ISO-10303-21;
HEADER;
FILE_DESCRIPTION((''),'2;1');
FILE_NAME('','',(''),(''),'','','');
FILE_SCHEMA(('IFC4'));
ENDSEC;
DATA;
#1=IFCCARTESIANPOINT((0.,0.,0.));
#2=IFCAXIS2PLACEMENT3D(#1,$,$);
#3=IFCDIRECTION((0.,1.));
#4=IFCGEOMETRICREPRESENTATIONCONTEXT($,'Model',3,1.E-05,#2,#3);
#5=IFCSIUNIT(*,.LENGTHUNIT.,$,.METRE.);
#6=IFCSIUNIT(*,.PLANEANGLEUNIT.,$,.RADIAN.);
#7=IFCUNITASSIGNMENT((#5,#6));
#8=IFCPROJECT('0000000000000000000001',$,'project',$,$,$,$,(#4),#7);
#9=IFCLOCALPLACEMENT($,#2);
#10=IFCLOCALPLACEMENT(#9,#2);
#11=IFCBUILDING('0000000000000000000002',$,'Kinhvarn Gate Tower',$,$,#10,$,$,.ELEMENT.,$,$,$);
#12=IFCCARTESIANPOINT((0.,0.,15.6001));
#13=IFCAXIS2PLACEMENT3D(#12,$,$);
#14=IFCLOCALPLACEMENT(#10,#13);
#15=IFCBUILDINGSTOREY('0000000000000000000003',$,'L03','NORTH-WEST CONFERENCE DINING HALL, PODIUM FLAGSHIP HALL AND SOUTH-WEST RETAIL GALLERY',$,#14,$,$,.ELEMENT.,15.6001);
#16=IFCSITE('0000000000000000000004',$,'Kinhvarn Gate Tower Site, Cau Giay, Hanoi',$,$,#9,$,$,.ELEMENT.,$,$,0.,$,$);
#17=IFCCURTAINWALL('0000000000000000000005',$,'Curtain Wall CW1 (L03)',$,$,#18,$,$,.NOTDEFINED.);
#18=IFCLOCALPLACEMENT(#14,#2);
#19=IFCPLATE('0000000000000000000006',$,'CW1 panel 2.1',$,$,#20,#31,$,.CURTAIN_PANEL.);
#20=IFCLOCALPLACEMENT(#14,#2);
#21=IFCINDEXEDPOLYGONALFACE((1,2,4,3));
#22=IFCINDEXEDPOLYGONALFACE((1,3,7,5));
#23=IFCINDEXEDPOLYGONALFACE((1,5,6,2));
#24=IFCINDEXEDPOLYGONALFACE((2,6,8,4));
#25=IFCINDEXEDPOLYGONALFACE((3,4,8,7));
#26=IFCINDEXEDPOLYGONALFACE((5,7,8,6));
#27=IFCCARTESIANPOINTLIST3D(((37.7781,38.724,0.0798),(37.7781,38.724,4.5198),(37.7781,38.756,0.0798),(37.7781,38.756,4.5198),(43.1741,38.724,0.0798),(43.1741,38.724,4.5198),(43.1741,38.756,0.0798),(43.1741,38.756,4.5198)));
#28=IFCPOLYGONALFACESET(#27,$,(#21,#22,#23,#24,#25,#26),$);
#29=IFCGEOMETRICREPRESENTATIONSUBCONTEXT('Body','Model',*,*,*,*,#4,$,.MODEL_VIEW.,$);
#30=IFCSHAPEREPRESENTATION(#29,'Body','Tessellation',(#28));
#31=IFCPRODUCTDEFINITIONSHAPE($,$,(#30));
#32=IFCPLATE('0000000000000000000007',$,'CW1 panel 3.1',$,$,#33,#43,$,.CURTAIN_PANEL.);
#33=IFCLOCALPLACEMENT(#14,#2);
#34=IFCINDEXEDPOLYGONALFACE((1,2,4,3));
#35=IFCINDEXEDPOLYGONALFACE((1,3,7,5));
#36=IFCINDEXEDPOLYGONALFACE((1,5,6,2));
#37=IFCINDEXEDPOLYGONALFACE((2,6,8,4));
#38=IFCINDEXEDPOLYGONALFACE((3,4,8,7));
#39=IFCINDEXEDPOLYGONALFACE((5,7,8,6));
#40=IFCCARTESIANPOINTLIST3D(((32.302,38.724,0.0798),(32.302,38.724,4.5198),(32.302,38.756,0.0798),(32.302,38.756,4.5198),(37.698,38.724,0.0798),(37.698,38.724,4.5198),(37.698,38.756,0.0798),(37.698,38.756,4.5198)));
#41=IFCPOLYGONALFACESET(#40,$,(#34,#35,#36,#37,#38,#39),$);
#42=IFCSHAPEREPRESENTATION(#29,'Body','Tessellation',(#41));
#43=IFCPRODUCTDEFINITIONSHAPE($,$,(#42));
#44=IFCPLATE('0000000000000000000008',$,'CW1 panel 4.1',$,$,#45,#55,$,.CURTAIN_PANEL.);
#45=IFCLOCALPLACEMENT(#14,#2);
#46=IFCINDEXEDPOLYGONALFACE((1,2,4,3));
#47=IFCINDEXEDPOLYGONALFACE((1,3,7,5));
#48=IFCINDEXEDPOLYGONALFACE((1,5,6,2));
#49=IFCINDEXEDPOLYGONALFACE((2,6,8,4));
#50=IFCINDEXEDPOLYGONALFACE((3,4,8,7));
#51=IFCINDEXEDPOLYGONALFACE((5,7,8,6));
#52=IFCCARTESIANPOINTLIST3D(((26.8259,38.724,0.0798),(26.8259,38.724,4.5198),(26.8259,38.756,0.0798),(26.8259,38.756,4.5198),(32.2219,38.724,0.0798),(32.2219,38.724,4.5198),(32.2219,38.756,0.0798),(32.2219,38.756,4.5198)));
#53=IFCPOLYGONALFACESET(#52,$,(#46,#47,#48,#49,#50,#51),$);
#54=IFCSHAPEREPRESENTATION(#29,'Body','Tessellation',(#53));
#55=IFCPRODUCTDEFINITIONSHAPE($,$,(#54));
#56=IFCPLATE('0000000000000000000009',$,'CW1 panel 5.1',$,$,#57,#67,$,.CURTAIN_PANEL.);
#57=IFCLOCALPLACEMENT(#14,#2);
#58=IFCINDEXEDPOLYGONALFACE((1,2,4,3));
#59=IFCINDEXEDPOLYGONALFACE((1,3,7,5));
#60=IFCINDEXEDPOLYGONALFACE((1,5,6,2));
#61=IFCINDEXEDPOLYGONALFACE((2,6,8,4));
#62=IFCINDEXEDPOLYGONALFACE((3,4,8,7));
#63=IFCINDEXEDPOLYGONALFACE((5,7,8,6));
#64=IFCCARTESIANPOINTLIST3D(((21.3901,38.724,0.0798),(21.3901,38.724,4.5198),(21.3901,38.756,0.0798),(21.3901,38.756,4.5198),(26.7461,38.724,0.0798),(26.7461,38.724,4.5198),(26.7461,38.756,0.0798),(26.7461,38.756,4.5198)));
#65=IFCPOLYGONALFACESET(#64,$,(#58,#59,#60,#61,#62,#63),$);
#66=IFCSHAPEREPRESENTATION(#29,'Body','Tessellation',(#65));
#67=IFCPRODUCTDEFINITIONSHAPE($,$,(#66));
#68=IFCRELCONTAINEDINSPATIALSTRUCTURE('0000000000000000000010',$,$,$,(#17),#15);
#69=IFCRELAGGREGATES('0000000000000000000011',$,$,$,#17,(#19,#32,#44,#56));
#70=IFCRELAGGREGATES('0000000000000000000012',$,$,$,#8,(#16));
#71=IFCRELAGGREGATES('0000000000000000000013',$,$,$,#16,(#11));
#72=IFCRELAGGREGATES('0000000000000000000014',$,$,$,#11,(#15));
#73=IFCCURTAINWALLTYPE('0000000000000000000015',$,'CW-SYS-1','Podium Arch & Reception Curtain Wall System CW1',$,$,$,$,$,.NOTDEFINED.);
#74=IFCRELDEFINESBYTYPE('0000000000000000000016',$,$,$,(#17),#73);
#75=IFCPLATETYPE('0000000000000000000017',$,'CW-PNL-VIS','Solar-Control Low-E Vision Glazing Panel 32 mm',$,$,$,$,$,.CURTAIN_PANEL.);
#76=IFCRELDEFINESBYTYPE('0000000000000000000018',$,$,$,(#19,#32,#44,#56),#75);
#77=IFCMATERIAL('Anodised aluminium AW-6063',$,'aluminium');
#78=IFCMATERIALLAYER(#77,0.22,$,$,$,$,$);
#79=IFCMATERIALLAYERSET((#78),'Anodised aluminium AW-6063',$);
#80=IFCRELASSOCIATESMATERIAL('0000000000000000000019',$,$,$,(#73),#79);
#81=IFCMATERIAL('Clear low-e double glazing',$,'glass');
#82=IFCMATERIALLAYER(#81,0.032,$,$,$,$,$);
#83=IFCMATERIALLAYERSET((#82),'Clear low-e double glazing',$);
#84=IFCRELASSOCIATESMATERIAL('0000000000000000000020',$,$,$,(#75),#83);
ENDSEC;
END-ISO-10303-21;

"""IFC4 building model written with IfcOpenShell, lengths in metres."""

from ifc_helpers import new_model, si_unit, direction, frame, origin, origin_2d, place, context, subcontext, project, spatial, rectangle, extrude, material, layer, layer_set, type_object, element, aggregate, save


model = new_model("IFC4")

# Units and contexts
model_context = context("Model", 3, precision=1e-05, world=origin(), true_north=direction((0.0, 1.0)))
body_context = subcontext(model_context, "Body", "Model", "MODEL_VIEW")
ifc_project = project(units=[si_unit("LENGTHUNIT", "METRE"), si_unit("PLANEANGLEUNIT", "RADIAN")], contexts=[model_context])

# Site, building, storey
site_placement = place(None, origin())
site = spatial("IfcSite", under=ifc_project, at=site_placement, Name="Kinhvarn Gate Tower Site, Cau Giay, Hanoi", CompositionType="ELEMENT", RefElevation=0.0)
building_placement = place(site_placement, origin())
building = spatial("IfcBuilding", under=site, at=building_placement, Name="Kinhvarn Gate Tower", CompositionType="ELEMENT")
storey_placement = place(building_placement, frame((0.0, 0.0, 15.6001)))
storey = spatial("IfcBuildingStorey", under=building, at=storey_placement, Name="L03", Description="NORTH-WEST CONFERENCE DINING HALL, PODIUM FLAGSHIP HALL AND SOUTH-WEST RETAIL GALLERY", CompositionType="ELEMENT", Elevation=15.6001)

# Shared definitions
ifc_material_1 = material(Name="Anodised aluminium AW-6063", Category="aluminium")
ifc_layer_1 = layer(ifc_material_1, 0.22)
ifc_layer_set_1 = layer_set([ifc_layer_1], Name="Anodised aluminium AW-6063")
curtain_wall_type = type_object("IfcCurtainWallType", Name="CW-SYS-1", Description="Podium Arch & Reception Curtain Wall System CW1", PredefinedType="NOTDEFINED", material=ifc_layer_set_1)

# Curtain wall, plates
curtain_wall_1_placement = place(storey_placement, origin())
curtain_wall_1 = element("IfcCurtainWall", 1, at=curtain_wall_1_placement, inside=storey, type_object=curtain_wall_type, Name="Curtain Wall CW1 (L03)", PredefinedType="NOTDEFINED")
ifc_material_2 = material(Name="Clear low-e double glazing", Category="glass")
ifc_layer_2 = layer(ifc_material_2, 0.032)
ifc_layer_set_2 = layer_set([ifc_layer_2], Name="Clear low-e double glazing")
plate_type = type_object("IfcPlateType", Name="CW-PNL-VIS", Description="Solar-Control Low-E Vision Glazing Panel 32 mm", PredefinedType="CURTAIN_PANEL", material=ifc_layer_set_2)
plate_1_placement = place(storey_placement, frame((40.4761, 38.74, 0.0798), z_axis=(0.0, 0.0, 1.0), x_axis=(-1.0, 0.0, 0.0)))
plate_1 = element("IfcPlate", 2, at=plate_1_placement, type_object=plate_type, Name="CW1 panel 2.1", PredefinedType="CURTAIN_PANEL", context=body_context, shape_type="SweptSolid", body=[
    extrude(rectangle(XDim=5.396, YDim=0.032, at=origin_2d()), origin(), (0.0, 0.0, 1.0), 4.4399),
])
plate_2_placement = place(storey_placement, frame((35.0, 38.74, 0.0798), z_axis=(0.0, 0.0, 1.0), x_axis=(-1.0, 0.0, 0.0)))
plate_2 = element("IfcPlate", 3, at=plate_2_placement, type_object=plate_type, Name="CW1 panel 3.1", PredefinedType="CURTAIN_PANEL", context=body_context, shape_type="SweptSolid", body=[
    extrude(rectangle(XDim=5.396, YDim=0.032, at=origin_2d()), origin(), (0.0, 0.0, 1.0), 4.4399),
])
plate_3_placement = place(storey_placement, frame((29.5239, 38.74, 0.0798), z_axis=(0.0, 0.0, 1.0), x_axis=(-1.0, 0.0, 0.0)))
plate_3 = element("IfcPlate", 4, at=plate_3_placement, type_object=plate_type, Name="CW1 panel 4.1", PredefinedType="CURTAIN_PANEL", context=body_context, shape_type="SweptSolid", body=[
    extrude(rectangle(XDim=5.396, YDim=0.032, at=origin_2d()), origin(), (0.0, 0.0, 1.0), 4.4399),
])
plate_4_placement = place(storey_placement, frame((24.0681, 38.74, 0.0798), z_axis=(0.0, 0.0, 1.0), x_axis=(-1.0, 0.0, 0.0)))
plate_4 = element("IfcPlate", 5, at=plate_4_placement, type_object=plate_type, Name="CW1 panel 5.1", PredefinedType="CURTAIN_PANEL", context=body_context, shape_type="SweptSolid", body=[
    extrude(rectangle(XDim=5.356, YDim=0.032, at=origin_2d()), origin(), (0.0, 0.0, 1.0), 4.4399),
])
aggregate(curtain_wall_1, [plate_1, plate_2, plate_3, plate_4])

save(model, "model.ifc")
